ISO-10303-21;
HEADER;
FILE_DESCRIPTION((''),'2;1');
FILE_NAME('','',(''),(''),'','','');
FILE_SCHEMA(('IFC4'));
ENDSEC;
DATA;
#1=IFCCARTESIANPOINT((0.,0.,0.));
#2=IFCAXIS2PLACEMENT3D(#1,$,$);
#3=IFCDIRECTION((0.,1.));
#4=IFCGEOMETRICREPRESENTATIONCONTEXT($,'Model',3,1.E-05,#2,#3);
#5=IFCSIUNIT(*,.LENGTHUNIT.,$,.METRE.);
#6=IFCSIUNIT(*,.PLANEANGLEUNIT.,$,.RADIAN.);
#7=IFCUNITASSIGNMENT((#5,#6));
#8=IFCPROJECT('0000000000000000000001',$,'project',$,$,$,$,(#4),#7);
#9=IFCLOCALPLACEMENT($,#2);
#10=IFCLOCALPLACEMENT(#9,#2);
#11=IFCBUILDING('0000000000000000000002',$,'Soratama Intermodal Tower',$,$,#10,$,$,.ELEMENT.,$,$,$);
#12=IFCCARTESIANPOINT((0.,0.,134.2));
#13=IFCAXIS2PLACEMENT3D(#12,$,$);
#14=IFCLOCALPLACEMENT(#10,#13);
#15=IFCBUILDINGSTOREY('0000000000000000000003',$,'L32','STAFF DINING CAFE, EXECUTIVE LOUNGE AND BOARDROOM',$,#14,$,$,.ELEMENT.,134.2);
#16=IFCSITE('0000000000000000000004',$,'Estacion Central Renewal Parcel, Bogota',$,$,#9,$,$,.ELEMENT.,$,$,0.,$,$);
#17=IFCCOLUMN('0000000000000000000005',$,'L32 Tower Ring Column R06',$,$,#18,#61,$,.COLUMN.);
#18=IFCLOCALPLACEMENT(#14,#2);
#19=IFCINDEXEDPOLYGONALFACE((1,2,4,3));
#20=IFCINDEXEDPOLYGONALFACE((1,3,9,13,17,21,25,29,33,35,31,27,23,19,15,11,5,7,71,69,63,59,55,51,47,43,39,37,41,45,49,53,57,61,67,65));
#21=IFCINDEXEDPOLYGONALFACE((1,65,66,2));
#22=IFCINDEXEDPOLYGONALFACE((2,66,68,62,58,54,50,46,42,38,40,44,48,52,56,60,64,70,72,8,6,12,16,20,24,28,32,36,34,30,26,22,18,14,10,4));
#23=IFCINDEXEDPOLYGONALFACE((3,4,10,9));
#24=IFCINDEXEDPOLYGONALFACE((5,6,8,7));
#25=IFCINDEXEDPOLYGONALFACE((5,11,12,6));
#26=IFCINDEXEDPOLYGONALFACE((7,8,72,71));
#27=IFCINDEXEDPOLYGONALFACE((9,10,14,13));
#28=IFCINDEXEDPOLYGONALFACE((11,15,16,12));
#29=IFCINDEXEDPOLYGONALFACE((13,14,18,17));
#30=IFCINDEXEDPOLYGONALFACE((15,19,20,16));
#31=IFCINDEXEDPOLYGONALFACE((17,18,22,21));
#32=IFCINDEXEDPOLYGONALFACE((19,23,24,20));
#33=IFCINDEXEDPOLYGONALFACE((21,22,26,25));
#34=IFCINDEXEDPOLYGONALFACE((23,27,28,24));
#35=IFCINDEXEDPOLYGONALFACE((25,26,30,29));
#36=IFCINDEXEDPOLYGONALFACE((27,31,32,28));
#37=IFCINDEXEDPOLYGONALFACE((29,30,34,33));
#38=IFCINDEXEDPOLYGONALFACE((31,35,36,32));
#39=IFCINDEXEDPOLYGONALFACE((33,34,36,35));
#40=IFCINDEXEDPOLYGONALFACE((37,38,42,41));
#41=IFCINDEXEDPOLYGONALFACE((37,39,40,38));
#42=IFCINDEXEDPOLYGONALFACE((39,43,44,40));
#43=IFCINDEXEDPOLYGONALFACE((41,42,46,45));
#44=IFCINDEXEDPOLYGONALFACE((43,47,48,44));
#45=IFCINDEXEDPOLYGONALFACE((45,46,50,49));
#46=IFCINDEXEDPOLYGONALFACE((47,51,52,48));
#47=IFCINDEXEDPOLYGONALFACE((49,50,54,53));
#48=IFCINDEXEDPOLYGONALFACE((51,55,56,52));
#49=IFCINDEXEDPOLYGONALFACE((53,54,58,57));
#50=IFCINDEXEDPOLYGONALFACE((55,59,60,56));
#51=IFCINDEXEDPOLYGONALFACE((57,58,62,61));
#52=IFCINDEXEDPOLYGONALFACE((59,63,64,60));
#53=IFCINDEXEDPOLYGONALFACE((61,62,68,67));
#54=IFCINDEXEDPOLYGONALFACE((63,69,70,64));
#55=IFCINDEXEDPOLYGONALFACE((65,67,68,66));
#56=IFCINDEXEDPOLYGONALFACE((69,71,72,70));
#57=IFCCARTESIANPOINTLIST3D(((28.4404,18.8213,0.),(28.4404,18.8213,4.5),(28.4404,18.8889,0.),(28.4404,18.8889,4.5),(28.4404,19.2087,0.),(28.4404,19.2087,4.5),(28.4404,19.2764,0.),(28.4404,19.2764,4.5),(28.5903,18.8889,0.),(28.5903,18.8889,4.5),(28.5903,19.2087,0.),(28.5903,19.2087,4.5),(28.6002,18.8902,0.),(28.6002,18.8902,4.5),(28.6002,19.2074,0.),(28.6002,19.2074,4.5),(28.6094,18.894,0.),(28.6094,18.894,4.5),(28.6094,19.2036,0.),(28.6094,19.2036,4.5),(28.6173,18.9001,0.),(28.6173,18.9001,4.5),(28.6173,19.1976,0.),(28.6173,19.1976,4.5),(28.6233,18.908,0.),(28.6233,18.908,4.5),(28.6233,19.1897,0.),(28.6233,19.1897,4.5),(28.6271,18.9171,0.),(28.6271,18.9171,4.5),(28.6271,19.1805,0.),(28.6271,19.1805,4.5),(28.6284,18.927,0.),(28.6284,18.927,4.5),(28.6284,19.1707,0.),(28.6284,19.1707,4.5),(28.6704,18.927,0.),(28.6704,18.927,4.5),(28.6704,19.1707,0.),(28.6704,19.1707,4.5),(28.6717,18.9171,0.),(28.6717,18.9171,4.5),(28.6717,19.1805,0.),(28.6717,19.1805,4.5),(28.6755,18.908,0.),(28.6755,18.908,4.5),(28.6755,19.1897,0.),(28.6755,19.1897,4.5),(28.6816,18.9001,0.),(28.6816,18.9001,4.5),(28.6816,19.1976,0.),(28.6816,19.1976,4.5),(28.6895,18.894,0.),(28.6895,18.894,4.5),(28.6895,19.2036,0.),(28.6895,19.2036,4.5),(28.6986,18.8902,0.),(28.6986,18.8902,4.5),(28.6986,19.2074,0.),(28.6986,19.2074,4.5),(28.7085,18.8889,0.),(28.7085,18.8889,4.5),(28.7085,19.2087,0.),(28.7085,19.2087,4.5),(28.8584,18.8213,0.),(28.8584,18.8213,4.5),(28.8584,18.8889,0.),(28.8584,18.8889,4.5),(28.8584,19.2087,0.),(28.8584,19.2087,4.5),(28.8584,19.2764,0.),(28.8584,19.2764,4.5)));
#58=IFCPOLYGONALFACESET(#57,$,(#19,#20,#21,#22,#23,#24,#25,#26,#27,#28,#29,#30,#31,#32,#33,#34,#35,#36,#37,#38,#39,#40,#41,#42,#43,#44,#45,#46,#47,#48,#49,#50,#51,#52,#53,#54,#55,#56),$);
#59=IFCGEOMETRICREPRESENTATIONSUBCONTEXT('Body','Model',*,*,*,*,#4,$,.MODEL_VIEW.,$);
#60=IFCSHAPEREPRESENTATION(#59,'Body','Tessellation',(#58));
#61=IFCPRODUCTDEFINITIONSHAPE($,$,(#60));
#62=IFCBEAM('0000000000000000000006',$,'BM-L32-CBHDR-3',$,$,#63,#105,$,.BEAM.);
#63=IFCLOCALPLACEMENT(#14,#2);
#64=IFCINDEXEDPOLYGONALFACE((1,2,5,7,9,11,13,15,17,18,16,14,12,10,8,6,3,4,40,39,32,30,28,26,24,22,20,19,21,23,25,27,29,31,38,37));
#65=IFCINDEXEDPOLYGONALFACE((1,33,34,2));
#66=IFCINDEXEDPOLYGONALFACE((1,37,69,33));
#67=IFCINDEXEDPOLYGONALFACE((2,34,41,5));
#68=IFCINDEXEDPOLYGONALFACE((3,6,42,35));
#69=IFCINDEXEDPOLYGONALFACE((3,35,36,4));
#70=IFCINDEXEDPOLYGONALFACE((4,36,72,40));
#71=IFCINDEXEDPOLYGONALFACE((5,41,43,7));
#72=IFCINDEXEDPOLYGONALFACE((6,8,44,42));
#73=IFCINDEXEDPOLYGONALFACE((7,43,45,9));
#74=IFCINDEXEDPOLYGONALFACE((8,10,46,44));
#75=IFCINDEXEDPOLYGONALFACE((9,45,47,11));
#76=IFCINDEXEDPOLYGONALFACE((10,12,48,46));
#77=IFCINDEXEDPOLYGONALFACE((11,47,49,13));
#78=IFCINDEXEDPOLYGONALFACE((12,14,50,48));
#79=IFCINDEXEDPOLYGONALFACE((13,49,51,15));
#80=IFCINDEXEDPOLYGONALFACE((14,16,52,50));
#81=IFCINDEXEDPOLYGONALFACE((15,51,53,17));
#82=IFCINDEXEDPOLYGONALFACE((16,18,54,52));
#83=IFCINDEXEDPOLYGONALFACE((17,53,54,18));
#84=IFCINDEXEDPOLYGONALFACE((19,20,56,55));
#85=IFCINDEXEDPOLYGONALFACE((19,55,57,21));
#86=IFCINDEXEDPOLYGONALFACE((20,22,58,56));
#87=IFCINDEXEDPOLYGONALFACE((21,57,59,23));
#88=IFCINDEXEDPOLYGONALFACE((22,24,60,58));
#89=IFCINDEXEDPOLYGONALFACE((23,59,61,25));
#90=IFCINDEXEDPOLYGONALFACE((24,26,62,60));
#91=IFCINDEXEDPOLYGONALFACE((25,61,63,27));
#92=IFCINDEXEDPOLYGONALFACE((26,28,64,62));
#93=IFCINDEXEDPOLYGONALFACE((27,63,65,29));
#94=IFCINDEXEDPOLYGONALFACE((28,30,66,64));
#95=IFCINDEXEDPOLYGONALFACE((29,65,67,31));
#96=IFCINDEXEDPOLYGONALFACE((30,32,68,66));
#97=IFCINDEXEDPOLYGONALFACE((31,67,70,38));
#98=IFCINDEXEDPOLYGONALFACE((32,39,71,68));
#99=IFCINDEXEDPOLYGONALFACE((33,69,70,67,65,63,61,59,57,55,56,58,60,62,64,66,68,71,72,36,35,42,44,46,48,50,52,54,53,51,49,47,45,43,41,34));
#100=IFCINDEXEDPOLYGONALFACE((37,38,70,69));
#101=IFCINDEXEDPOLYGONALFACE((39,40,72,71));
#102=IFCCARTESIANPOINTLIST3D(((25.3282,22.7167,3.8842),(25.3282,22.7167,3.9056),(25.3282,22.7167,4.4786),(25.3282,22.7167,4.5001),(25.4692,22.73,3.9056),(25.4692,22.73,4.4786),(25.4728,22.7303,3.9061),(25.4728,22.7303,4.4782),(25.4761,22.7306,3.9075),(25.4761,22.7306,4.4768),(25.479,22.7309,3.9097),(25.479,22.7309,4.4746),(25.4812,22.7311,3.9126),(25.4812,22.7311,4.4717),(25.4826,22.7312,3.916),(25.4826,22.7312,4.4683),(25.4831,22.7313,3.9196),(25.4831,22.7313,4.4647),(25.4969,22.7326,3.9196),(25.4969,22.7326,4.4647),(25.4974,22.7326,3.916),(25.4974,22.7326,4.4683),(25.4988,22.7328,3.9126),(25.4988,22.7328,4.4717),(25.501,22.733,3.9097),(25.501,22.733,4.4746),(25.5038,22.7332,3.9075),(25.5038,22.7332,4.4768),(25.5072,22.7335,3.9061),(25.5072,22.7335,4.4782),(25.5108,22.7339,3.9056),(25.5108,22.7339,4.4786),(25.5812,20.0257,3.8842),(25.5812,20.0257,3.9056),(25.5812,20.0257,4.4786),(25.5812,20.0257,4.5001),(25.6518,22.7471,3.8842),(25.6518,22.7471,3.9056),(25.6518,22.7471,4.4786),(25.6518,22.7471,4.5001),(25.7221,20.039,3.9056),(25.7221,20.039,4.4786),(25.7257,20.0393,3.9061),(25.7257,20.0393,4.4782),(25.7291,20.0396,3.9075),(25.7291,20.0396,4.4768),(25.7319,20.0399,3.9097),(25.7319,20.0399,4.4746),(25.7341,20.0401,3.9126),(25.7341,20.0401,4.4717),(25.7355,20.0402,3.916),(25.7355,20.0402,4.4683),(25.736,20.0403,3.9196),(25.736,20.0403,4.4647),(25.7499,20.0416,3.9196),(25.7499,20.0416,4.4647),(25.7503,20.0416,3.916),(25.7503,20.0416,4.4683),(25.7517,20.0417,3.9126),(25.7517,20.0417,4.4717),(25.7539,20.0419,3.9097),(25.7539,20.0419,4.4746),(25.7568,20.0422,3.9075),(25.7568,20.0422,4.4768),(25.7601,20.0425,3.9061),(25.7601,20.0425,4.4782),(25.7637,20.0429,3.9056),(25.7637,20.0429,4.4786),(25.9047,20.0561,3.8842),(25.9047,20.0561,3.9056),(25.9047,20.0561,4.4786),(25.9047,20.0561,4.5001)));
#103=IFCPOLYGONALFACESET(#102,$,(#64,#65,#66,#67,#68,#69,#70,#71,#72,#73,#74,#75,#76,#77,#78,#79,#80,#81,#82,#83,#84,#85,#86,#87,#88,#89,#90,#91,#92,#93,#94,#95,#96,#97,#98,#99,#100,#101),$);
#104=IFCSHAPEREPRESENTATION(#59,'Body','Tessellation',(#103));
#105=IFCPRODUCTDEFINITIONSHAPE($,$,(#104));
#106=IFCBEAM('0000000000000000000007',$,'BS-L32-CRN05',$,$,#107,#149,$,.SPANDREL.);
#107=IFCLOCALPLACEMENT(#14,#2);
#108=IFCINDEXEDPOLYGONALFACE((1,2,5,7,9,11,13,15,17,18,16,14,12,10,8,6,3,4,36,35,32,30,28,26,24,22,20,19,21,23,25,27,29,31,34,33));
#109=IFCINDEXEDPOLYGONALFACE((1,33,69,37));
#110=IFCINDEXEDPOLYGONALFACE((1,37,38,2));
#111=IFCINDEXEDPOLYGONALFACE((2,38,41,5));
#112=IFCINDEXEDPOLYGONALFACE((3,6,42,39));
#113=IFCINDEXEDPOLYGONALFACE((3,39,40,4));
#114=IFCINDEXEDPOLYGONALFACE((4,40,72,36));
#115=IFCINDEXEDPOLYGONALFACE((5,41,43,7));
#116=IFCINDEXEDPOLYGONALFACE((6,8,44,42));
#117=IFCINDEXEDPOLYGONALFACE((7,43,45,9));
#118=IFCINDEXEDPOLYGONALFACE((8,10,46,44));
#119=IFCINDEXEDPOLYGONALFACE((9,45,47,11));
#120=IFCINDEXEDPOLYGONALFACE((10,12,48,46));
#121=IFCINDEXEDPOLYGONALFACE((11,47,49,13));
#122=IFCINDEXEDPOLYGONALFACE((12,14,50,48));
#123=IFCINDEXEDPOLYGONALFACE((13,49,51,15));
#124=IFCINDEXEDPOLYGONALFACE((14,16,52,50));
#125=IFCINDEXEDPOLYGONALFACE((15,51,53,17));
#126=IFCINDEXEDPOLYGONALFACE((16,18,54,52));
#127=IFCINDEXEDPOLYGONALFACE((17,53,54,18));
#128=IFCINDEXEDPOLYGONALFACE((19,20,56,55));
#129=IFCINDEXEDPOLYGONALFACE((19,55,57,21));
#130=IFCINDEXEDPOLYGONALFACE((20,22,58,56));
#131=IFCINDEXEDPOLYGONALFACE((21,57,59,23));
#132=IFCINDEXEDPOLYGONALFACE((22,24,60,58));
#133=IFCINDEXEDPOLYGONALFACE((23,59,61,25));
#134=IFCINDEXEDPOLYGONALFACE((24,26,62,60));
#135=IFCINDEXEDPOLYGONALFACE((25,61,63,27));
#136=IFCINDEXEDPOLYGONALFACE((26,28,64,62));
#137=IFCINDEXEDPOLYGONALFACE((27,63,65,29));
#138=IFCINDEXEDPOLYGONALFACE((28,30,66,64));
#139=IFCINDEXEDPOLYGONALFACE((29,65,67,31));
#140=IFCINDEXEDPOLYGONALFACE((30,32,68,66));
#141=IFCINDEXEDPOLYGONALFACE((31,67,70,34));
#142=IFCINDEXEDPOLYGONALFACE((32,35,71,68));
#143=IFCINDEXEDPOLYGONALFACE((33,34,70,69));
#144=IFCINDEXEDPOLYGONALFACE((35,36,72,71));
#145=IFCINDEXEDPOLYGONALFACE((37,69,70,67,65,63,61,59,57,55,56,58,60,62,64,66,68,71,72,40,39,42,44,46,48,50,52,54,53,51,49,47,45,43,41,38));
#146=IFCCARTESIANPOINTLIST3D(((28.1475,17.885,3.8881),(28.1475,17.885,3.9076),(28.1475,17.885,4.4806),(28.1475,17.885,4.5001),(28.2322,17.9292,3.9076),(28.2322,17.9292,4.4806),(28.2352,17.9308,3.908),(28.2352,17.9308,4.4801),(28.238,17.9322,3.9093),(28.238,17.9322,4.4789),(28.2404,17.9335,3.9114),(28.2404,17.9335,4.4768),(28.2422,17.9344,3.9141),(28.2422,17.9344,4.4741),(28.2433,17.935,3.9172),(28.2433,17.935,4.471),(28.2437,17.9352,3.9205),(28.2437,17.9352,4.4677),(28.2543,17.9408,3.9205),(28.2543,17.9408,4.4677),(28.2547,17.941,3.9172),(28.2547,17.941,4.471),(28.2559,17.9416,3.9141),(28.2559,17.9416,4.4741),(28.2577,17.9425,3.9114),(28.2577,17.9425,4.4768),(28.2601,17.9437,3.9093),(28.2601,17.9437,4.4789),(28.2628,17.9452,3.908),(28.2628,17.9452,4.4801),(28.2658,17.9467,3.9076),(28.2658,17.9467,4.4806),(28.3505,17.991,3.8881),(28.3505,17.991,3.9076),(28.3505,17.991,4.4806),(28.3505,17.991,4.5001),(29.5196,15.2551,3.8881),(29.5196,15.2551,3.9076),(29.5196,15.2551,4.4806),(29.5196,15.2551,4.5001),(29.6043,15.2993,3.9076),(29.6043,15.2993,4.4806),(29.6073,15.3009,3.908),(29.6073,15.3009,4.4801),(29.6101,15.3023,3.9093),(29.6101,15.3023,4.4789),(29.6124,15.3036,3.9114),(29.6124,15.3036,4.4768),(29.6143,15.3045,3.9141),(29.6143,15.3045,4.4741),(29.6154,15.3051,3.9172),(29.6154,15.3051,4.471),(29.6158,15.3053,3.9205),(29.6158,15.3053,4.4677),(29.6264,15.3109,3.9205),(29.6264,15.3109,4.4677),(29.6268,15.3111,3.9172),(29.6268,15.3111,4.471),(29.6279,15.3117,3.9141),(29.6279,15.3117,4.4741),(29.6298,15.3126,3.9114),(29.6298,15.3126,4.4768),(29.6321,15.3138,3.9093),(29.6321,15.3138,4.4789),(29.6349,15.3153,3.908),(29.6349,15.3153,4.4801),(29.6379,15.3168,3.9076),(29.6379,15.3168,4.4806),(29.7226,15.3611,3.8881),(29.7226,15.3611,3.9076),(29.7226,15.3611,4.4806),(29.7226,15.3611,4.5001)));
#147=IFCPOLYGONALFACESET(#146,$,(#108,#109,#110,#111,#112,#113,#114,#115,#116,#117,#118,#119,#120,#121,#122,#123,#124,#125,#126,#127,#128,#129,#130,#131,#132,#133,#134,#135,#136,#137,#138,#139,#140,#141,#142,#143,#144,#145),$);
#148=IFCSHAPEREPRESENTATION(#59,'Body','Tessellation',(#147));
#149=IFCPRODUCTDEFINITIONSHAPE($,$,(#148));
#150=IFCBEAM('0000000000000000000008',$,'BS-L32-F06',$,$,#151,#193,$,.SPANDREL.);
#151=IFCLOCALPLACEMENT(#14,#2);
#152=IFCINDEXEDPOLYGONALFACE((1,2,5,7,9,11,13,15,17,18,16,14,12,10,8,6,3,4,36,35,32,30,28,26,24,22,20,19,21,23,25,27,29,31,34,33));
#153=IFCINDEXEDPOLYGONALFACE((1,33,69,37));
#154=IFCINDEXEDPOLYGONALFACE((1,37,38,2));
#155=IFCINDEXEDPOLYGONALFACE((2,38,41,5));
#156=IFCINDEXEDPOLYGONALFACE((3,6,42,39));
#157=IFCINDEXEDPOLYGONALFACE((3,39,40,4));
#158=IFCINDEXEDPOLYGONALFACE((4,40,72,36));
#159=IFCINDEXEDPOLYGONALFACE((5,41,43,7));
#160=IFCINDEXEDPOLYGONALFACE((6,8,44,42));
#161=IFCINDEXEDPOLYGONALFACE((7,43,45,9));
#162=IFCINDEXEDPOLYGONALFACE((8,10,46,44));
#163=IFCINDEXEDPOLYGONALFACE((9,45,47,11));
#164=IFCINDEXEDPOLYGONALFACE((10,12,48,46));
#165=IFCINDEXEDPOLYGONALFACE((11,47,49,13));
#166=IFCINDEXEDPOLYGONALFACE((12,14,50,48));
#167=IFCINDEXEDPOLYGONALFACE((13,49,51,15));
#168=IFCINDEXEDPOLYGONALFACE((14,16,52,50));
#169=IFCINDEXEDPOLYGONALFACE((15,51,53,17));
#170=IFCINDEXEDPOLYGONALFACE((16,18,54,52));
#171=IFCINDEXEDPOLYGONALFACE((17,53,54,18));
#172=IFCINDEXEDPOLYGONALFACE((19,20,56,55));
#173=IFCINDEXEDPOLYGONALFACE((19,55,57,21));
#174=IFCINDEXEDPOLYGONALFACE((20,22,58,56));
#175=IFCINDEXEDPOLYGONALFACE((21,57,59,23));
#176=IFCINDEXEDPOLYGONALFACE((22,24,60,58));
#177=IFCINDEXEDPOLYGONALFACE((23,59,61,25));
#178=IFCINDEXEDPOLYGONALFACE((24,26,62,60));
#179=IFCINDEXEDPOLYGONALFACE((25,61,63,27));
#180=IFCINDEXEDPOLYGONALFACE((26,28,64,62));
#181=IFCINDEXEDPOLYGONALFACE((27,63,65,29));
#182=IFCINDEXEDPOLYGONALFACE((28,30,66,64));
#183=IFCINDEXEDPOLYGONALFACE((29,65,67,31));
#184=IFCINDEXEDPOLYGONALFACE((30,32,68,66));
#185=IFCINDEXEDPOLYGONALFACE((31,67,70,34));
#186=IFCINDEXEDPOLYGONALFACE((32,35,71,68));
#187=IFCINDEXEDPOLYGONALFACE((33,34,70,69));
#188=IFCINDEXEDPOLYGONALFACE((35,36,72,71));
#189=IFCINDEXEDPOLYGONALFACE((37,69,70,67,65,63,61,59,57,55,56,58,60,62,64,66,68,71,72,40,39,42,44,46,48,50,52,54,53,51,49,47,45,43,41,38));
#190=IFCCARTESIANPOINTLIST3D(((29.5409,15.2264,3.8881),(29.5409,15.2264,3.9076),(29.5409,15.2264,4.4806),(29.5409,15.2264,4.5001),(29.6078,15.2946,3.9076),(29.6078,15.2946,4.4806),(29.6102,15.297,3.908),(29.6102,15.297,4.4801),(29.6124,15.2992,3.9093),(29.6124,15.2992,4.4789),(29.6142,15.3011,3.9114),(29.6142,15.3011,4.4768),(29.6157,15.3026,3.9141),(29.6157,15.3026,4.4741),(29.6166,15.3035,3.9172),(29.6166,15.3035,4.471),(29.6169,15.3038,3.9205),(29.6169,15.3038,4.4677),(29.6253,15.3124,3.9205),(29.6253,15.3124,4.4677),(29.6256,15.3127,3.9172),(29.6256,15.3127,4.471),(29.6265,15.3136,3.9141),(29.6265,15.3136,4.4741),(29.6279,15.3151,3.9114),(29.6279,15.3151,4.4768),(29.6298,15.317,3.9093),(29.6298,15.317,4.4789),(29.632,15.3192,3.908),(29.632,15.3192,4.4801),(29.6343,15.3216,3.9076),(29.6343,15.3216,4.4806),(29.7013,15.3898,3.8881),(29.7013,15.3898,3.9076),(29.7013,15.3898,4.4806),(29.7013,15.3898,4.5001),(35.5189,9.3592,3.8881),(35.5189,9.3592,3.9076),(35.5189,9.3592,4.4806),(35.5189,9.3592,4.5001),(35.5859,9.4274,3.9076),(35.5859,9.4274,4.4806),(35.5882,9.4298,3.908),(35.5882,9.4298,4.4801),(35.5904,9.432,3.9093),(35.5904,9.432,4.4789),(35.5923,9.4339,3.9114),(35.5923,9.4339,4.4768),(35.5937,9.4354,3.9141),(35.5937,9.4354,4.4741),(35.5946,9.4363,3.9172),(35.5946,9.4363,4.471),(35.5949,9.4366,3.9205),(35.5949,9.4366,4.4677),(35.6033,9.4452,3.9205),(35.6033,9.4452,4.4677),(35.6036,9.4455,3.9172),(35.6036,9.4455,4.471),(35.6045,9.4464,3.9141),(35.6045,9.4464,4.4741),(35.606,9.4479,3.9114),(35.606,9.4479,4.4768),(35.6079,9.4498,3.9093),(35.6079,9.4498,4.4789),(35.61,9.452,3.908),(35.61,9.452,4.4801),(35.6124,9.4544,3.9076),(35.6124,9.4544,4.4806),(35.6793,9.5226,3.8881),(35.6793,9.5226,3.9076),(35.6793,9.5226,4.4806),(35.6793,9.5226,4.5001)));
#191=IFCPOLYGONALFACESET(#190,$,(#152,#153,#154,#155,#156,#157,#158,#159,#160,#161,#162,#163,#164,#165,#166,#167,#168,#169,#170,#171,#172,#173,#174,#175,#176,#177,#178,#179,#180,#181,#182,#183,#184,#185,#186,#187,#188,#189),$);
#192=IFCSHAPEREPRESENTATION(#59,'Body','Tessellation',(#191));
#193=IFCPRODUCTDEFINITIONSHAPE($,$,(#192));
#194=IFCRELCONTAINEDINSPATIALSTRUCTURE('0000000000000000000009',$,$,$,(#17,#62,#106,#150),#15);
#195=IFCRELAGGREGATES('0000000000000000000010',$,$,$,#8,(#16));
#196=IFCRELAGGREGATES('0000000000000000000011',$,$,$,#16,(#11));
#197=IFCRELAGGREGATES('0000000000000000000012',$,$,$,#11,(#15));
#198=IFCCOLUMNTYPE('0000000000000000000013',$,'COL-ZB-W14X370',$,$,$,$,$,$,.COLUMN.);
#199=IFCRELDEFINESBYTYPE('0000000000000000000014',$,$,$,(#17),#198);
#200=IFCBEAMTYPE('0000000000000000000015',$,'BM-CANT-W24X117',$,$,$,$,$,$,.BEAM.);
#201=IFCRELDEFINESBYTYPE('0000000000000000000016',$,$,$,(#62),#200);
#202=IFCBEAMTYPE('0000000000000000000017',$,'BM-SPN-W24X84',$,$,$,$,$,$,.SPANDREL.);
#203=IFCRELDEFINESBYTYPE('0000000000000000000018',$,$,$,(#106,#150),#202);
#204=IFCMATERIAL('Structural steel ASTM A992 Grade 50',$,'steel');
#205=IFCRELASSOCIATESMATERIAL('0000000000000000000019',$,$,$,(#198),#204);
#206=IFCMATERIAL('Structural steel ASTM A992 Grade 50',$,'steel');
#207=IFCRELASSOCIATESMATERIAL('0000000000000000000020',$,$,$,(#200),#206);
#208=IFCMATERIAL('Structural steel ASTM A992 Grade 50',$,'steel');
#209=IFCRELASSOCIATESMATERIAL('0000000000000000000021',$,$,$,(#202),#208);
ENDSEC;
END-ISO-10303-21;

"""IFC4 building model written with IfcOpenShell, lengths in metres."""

from ifc_helpers import new_model, si_unit, direction, frame, origin, origin_2d, place, context, subcontext, project, spatial, i_section, extrude, material, material_profile, profile_set, type_object, element, save


model = new_model("IFC4")

# Units and contexts
model_context = context("Model", 3, precision=1e-05, world=origin(), true_north=direction((0.0, 1.0)))
body_context = subcontext(model_context, "Body", "Model", "MODEL_VIEW")
ifc_project = project(units=[si_unit("LENGTHUNIT", "METRE"), si_unit("PLANEANGLEUNIT", "RADIAN")], contexts=[model_context])

# Site, building, storey
site_placement = place(None, origin())
site = spatial("IfcSite", under=ifc_project, at=site_placement, Name="Estacion Central Renewal Parcel, Bogota", CompositionType="ELEMENT", RefElevation=0.0)
building_placement = place(site_placement, origin())
building = spatial("IfcBuilding", under=site, at=building_placement, Name="Soratama Intermodal Tower", CompositionType="ELEMENT")
storey_placement = place(building_placement, frame((0.0, 0.0, 134.2)))
storey = spatial("IfcBuildingStorey", under=building, at=storey_placement, Name="L32", Description="STAFF DINING CAFE, EXECUTIVE LOUNGE AND BOARDROOM", CompositionType="ELEMENT", Elevation=134.2)

# Column
ifc_material_1 = material(Name="Structural steel ASTM A992 Grade 50", Category="steel")
ifc_material_profile_1 = material_profile(ifc_material_1, i_section(OverallWidth=0.418, OverallDepth=0.4551, WebThickness=0.042, FlangeThickness=0.0676, FilletRadius=0.0381, at=origin_2d()), Name="W14X370")
ifc_profile_set_1 = profile_set([ifc_material_profile_1], Name="Structural steel ASTM A992 Grade 50")
column_type = type_object("IfcColumnType", Name="COL-ZB-W14X370", PredefinedType="COLUMN", material=ifc_profile_set_1)
column_placement = place(storey_placement, frame((28.6494, 19.0488, 0.0), z_axis=(0.0, 0.0, 1.0), x_axis=(1.0, 0.0, 0.0)))
element("IfcColumn", 1, at=column_placement, inside=storey, type_object=column_type, Name="L32 Tower Ring Column R06", PredefinedType="COLUMN", context=body_context, shape_type="SweptSolid", body=[
    extrude(i_section(OverallWidth=0.418, OverallDepth=0.4551, WebThickness=0.042, FlangeThickness=0.0676, FilletRadius=0.0381, at=origin_2d()), origin(), (0.0, 0.0, 1.0), 4.5),
])

# Beams
ifc_material_2 = material(Name="Structural steel ASTM A992 Grade 50", Category="steel")
ifc_material_profile_2 = material_profile(ifc_material_2, i_section(OverallWidth=0.325, OverallDepth=0.616, WebThickness=0.0139, FlangeThickness=0.0215, FilletRadius=0.0139, at=origin_2d()), Name="W24X117")
ifc_profile_set_2 = profile_set([ifc_material_profile_2], Name="Structural steel ASTM A992 Grade 50")
beam_type_1 = type_object("IfcBeamType", Name="BM-CANT-W24X117", PredefinedType="BEAM", material=ifc_profile_set_2)
beam_1_placement = place(storey_placement, frame((25.49, 22.7319, 4.1921), z_axis=(0.093581, -0.995612, 0.0), x_axis=(0.995612, 0.093581, 0.0)))
element("IfcBeam", 2, at=beam_1_placement, inside=storey, type_object=beam_type_1, Name="BM-L32-CBHDR-3", PredefinedType="BEAM", context=body_context, shape_type="SweptSolid", body=[
    extrude(i_section(OverallWidth=0.325, OverallDepth=0.616, WebThickness=0.0139, FlangeThickness=0.0215, FilletRadius=0.0139, at=origin_2d()), origin(), (0.0, 0.0, 1.0), 2.7029),
])
ifc_material_3 = material(Name="Structural steel ASTM A992 Grade 50", Category="steel")
ifc_material_profile_3 = material_profile(ifc_material_3, i_section(OverallWidth=0.229, OverallDepth=0.6121, WebThickness=0.012, FlangeThickness=0.0195, FilletRadius=0.0129, at=origin_2d()), Name="W24X84")
ifc_profile_set_3 = profile_set([ifc_material_profile_3], Name="Structural steel ASTM A992 Grade 50")
beam_type_2 = type_object("IfcBeamType", Name="BM-SPN-W24X84", PredefinedType="SPANDREL", material=ifc_profile_set_3)
beam_2_placement = place(storey_placement, frame((28.249, 17.938, 4.1941), z_axis=(0.462555, -0.886591, 0.0), x_axis=(0.886591, 0.462555, 0.0)))
element("IfcBeam", 3, at=beam_2_placement, inside=storey, type_object=beam_type_2, Name="BS-L32-CRN05", PredefinedType="SPANDREL", context=body_context, shape_type="SweptSolid", body=[
    extrude(i_section(OverallWidth=0.229, OverallDepth=0.6121, WebThickness=0.012, FlangeThickness=0.0195, FilletRadius=0.0129, at=origin_2d()), origin(), (0.0, 0.0, 1.0), 2.9663),
])
beam_3_placement = place(storey_placement, frame((29.6211, 15.3081, 4.1941), z_axis=(0.713692, -0.700459, 0.0), x_axis=(0.700459, 0.713692, 0.0)))
element("IfcBeam", 4, at=beam_3_placement, inside=storey, type_object=beam_type_2, Name="BS-L32-F06", PredefinedType="SPANDREL", context=body_context, shape_type="SweptSolid", body=[
    extrude(i_section(OverallWidth=0.229, OverallDepth=0.6121, WebThickness=0.012, FlangeThickness=0.0195, FilletRadius=0.0129, at=origin_2d()), origin(), (0.0, 0.0, 1.0), 8.3762),
])

save(model, "model.ifc")
